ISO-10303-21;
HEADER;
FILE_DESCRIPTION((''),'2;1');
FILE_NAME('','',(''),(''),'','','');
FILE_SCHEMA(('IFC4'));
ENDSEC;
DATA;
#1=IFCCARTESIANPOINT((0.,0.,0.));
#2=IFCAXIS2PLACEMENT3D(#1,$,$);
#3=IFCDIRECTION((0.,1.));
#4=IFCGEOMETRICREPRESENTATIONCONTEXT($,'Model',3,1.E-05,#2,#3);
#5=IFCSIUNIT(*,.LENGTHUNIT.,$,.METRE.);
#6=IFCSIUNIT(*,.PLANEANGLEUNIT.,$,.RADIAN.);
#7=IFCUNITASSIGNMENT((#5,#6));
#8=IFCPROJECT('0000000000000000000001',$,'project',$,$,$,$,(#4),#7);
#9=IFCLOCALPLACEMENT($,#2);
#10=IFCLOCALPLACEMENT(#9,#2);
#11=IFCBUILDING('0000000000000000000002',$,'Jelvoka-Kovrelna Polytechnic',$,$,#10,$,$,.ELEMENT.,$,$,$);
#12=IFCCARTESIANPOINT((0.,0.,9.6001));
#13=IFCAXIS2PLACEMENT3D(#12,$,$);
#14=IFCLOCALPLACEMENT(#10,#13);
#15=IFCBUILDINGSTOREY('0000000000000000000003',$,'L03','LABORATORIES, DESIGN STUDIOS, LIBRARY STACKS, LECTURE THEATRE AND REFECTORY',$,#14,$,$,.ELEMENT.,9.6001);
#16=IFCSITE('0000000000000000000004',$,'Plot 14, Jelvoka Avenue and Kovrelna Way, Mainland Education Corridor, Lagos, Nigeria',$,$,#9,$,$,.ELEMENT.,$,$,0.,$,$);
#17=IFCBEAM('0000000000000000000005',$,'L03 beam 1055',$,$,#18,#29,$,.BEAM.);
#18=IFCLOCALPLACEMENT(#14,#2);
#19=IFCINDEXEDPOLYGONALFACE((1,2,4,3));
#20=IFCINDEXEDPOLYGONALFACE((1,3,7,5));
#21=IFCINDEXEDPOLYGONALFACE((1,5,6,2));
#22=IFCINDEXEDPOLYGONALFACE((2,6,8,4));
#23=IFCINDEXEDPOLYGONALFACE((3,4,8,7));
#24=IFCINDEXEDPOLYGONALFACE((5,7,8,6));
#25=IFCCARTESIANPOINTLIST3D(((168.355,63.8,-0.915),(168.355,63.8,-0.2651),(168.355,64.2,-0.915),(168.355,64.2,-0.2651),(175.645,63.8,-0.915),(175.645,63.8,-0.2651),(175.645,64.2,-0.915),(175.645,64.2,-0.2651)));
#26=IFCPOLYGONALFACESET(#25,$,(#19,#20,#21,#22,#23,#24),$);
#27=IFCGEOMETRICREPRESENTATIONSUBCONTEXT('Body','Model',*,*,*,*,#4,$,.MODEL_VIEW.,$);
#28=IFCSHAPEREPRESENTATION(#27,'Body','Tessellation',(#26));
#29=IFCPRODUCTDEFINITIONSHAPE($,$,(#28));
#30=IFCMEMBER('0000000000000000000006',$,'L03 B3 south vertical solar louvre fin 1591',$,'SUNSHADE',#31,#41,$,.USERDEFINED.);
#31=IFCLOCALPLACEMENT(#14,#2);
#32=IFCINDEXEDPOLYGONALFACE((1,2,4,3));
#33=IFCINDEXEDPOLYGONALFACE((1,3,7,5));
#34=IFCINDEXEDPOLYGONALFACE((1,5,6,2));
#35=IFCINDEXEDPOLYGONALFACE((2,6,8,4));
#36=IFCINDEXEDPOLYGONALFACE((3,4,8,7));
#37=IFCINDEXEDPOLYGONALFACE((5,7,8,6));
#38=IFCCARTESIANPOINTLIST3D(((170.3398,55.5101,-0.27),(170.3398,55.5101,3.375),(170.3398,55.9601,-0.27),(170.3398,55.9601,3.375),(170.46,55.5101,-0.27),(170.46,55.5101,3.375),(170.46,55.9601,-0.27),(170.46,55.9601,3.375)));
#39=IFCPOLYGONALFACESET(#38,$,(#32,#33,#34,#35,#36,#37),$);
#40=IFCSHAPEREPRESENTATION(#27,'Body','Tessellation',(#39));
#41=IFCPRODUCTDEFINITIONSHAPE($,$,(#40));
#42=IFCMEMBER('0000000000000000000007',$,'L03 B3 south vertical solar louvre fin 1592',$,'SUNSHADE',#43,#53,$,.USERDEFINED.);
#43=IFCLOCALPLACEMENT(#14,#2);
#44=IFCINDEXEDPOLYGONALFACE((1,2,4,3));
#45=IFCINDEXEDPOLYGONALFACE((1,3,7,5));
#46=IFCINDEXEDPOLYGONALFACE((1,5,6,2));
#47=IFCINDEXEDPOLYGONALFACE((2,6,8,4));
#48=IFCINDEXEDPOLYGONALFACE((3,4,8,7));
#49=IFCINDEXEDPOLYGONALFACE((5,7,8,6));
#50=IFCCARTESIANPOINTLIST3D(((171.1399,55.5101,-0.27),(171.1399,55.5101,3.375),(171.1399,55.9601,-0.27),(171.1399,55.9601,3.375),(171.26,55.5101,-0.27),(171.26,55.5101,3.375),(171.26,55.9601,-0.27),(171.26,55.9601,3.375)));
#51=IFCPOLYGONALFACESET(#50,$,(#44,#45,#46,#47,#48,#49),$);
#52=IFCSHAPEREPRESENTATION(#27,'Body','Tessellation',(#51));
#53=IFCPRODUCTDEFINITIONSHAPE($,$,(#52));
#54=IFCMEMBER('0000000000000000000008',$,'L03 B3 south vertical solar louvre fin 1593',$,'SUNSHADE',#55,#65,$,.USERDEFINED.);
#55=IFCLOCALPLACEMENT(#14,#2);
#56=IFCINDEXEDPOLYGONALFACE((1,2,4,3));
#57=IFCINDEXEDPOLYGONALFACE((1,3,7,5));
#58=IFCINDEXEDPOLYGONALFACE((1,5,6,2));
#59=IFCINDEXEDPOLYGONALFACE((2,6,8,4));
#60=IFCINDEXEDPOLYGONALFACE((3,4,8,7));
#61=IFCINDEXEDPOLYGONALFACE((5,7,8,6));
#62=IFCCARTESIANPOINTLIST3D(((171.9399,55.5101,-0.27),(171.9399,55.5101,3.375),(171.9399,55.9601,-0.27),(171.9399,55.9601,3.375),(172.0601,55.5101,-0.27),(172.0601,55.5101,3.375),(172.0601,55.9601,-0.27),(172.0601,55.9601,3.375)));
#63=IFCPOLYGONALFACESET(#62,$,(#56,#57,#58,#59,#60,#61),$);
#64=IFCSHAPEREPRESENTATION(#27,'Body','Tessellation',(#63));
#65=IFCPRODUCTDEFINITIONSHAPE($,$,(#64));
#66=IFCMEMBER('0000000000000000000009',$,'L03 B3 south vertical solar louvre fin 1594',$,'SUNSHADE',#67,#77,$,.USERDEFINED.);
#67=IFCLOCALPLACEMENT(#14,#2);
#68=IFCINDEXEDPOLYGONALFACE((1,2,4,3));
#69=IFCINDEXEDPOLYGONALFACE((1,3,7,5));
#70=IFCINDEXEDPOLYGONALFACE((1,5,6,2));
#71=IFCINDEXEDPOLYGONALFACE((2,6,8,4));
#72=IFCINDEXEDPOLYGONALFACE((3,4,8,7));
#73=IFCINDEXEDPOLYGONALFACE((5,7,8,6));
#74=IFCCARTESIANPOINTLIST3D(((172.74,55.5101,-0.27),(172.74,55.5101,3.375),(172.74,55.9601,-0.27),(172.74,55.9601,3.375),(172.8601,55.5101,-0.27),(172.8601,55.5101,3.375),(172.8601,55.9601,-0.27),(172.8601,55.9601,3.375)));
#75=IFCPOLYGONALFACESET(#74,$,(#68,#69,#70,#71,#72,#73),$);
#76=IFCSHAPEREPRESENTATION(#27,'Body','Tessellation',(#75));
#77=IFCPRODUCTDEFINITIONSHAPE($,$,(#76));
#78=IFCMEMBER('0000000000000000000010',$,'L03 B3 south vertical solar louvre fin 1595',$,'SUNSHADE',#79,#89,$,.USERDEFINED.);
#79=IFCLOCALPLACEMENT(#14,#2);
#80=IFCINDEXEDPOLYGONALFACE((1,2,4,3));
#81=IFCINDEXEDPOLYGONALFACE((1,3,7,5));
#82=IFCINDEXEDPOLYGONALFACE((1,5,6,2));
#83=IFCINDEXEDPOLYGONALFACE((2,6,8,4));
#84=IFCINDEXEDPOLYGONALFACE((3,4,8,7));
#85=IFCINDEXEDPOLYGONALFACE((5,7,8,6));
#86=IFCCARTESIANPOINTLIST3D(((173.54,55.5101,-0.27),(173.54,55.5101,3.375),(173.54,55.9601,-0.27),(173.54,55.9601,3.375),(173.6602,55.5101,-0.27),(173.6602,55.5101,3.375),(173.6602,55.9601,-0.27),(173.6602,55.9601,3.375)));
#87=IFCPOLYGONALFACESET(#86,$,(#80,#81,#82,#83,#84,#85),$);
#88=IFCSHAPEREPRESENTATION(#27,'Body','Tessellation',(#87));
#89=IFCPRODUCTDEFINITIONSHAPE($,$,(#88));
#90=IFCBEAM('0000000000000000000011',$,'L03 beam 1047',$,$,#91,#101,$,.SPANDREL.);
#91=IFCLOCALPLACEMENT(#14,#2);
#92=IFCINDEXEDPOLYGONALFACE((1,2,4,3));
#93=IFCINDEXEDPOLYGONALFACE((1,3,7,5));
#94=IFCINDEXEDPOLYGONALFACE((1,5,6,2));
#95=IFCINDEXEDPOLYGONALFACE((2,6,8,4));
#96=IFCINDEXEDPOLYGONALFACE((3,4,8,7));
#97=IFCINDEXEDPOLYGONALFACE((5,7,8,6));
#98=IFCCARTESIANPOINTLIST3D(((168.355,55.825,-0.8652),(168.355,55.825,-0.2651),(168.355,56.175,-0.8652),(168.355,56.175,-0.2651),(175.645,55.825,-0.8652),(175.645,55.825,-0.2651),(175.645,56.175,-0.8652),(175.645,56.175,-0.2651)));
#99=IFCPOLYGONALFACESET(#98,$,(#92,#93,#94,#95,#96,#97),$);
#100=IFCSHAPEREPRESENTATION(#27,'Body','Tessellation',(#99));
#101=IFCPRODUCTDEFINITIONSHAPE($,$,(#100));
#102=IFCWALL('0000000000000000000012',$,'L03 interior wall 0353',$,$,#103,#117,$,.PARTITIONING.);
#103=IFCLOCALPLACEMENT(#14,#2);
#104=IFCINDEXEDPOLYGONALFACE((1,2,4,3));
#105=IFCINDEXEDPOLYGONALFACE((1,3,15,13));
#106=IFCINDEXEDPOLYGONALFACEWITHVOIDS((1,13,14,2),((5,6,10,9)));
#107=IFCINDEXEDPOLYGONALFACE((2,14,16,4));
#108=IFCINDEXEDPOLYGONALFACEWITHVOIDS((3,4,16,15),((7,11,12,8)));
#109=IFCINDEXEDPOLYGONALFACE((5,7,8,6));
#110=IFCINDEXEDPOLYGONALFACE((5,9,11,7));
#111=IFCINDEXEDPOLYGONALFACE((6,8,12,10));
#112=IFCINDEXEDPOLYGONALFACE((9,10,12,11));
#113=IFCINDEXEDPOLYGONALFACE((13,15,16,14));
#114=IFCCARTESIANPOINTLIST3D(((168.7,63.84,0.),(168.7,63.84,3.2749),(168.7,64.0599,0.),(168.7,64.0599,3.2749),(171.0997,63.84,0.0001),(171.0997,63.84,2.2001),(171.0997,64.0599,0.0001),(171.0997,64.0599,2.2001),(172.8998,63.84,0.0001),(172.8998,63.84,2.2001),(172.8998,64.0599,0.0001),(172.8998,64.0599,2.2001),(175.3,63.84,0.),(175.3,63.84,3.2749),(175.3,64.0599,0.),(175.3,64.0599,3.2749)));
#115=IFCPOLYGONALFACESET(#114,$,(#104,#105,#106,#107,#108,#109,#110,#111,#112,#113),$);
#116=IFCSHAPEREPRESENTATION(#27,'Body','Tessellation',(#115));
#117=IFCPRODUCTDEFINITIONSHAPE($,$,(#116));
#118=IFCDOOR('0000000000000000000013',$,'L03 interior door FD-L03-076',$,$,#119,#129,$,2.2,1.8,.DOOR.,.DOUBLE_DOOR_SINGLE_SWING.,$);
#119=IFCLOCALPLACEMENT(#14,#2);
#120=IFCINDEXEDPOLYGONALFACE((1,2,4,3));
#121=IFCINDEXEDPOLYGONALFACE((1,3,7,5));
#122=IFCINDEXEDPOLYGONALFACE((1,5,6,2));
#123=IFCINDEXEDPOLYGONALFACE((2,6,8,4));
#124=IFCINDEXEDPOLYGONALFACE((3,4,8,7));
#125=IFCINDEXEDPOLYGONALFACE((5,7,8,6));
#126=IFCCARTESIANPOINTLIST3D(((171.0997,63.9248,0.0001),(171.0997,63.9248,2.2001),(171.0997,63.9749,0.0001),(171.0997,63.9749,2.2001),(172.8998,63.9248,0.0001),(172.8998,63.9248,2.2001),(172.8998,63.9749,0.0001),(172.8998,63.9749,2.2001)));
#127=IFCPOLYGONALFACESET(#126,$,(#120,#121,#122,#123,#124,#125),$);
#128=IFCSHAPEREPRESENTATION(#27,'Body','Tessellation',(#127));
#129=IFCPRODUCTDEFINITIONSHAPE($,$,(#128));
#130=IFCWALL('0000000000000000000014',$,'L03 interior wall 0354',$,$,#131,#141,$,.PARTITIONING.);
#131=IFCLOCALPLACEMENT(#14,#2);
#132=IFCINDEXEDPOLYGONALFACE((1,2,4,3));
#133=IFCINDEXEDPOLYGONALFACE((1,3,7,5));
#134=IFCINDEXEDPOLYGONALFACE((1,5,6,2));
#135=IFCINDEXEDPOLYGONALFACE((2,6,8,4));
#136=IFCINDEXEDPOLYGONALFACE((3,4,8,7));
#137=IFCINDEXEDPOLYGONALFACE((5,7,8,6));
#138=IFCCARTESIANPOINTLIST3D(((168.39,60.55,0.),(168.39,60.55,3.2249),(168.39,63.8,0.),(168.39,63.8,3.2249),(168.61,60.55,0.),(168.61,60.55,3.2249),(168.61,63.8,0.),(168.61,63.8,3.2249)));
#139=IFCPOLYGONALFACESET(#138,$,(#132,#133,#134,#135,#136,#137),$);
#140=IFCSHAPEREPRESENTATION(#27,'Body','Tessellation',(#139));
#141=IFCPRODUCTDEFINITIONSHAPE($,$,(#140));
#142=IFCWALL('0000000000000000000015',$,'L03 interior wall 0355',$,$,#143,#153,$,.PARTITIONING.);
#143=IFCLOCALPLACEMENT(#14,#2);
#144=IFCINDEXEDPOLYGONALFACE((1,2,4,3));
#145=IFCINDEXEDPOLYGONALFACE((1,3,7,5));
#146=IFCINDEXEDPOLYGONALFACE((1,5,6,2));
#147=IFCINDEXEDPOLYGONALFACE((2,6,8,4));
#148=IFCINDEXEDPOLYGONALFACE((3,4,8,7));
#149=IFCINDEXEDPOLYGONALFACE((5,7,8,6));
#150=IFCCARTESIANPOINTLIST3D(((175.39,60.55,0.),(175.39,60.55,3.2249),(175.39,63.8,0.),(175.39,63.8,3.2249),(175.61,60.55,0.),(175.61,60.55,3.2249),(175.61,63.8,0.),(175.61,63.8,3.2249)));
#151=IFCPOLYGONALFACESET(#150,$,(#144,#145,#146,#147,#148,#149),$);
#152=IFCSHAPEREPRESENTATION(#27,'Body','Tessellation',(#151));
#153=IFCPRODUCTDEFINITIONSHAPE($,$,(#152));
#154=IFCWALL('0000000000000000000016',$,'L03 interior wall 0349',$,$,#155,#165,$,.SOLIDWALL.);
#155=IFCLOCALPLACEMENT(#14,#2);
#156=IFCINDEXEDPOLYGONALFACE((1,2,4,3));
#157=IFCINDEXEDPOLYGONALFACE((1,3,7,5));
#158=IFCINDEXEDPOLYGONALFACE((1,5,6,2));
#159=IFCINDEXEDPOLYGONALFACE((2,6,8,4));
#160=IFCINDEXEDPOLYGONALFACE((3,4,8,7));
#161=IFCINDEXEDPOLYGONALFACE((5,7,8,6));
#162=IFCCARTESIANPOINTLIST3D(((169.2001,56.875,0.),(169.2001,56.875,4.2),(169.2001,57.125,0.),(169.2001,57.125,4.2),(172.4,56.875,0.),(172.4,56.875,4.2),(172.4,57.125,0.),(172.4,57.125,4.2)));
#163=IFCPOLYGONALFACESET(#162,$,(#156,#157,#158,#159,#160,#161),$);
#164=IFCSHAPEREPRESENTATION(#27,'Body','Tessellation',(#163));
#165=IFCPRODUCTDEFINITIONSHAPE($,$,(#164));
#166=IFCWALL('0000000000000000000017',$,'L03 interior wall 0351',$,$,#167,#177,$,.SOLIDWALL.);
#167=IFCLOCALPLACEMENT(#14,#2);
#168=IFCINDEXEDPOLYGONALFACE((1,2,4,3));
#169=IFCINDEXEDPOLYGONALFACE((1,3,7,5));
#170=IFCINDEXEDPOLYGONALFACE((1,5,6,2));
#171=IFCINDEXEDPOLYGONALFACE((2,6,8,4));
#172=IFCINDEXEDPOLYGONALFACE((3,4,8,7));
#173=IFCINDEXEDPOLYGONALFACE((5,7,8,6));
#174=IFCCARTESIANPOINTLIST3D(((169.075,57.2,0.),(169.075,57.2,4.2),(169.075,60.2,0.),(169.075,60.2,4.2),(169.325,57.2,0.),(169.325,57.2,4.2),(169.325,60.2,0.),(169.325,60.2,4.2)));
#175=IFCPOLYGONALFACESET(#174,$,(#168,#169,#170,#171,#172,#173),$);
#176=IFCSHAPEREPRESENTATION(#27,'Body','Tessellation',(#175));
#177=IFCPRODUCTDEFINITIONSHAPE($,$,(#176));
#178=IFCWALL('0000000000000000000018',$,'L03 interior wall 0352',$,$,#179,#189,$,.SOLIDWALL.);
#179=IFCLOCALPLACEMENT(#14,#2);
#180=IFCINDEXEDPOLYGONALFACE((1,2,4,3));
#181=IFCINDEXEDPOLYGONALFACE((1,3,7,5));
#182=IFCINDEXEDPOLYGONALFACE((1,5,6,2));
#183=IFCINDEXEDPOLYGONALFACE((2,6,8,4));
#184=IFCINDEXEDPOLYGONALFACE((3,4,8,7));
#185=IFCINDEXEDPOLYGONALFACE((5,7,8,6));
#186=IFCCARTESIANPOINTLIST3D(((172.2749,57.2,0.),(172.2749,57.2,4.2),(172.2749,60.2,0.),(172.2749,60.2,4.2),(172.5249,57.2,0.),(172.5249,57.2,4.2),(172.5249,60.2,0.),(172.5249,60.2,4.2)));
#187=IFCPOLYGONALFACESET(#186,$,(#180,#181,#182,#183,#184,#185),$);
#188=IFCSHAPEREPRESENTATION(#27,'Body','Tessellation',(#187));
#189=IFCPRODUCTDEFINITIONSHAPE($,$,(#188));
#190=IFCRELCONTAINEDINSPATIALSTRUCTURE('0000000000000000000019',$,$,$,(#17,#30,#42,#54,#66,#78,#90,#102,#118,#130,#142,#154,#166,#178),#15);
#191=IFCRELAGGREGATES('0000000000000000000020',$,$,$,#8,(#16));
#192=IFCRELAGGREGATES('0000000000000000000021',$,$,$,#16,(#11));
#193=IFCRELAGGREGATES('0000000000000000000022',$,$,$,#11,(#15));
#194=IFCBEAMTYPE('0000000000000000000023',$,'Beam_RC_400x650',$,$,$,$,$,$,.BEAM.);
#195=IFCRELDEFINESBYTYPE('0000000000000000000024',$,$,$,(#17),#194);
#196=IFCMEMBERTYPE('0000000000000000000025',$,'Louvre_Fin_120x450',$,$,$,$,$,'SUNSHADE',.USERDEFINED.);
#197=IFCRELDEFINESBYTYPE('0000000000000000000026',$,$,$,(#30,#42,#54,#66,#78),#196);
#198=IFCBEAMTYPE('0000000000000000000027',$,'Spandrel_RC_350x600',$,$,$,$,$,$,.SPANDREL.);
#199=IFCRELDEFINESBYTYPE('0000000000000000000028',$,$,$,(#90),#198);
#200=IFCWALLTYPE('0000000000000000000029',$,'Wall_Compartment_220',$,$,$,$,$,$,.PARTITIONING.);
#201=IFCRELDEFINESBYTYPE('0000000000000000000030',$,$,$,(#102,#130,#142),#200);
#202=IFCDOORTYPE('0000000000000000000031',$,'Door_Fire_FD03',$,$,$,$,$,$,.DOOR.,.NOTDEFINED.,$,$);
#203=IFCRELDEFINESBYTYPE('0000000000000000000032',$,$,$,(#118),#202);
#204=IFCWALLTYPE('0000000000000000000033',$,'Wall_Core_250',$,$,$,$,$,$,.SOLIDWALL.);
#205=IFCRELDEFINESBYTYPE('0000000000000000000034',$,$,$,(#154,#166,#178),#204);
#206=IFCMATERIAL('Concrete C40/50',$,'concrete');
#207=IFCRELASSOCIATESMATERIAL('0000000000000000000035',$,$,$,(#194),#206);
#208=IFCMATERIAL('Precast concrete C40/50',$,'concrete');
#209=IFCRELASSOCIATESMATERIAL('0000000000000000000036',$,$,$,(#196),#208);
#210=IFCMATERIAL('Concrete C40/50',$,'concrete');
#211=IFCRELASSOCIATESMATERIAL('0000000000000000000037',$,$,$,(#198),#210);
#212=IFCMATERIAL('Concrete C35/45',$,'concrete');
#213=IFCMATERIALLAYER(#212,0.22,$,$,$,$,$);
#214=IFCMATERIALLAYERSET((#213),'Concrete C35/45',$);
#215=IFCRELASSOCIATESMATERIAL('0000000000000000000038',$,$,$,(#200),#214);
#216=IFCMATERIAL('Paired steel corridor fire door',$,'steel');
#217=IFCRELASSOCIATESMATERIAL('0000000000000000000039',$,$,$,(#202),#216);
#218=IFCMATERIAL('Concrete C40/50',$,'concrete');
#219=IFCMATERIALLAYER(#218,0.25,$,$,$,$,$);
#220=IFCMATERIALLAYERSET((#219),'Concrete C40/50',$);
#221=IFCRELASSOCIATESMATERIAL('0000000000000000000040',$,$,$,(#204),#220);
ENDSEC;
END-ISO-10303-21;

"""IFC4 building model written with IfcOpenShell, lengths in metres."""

from ifc_helpers import new_model, si_unit, direction, frame, frame_2d, origin, origin_2d, place, context, subcontext, project, spatial, rectangle, extrude, material, layer, layer_set, material_profile, profile_set, type_object, element, fill, save


model = new_model("IFC4")

# Units and contexts
model_context = context("Model", 3, precision=1e-05, world=origin(), true_north=direction((0.0, 1.0)))
body_context = subcontext(model_context, "Body", "Model", "MODEL_VIEW")
ifc_project = project(units=[si_unit("LENGTHUNIT", "METRE"), si_unit("PLANEANGLEUNIT", "RADIAN")], contexts=[model_context])

# Site, building, storey
site_placement = place(None, origin())
site = spatial("IfcSite", under=ifc_project, at=site_placement, Name="Plot 14, Jelvoka Avenue and Kovrelna Way, Mainland Education Corridor, Lagos, Nigeria", CompositionType="ELEMENT", RefElevation=0.0)
building_placement = place(site_placement, origin())
building = spatial("IfcBuilding", under=site, at=building_placement, Name="Jelvoka-Kovrelna Polytechnic", CompositionType="ELEMENT")
storey_placement = place(building_placement, frame((0.0, 0.0, 9.6001)))
storey = spatial("IfcBuildingStorey", under=building, at=storey_placement, Name="L03", Description="LABORATORIES, DESIGN STUDIOS, LIBRARY STACKS, LECTURE THEATRE AND REFECTORY", CompositionType="ELEMENT", Elevation=9.6001)

# Beam
ifc_material_1 = material(Name="Concrete C40/50", Category="concrete")
ifc_material_profile_1 = material_profile(ifc_material_1, rectangle(XDim=0.3999, YDim=0.6499, at=origin_2d()), Name="RC 400x650")
ifc_profile_set_1 = profile_set([ifc_material_profile_1], Name="Concrete C40/50")
beam_type_1 = type_object("IfcBeamType", Name="Beam_RC_400x650", PredefinedType="BEAM", material=ifc_profile_set_1)
beam_1_placement = place(storey_placement, frame((168.355, 64.0, -0.5901), z_axis=(1.0, 0.0, 0.0), x_axis=(0.0, 1.0, 0.0)))
element("IfcBeam", 1, at=beam_1_placement, inside=storey, type_object=beam_type_1, Name="L03 beam 1055", PredefinedType="BEAM", context=body_context, shape_type="SweptSolid", body=[
    extrude(rectangle(XDim=0.3999, YDim=0.6499, at=origin_2d()), origin(), (0.0, 0.0, 1.0), 7.29),
])

# Members
ifc_material_2 = material(Name="Precast concrete C40/50", Category="concrete")
ifc_material_profile_2 = material_profile(ifc_material_2, rectangle(XDim=0.1201, YDim=0.45, at=origin_2d()), Name="PC 120x450")
ifc_profile_set_2 = profile_set([ifc_material_profile_2], Name="Precast concrete C40/50")
member_type = type_object("IfcMemberType", Name="Louvre_Fin_120x450", ElementType="SUNSHADE", PredefinedType="USERDEFINED", material=ifc_profile_set_2)
for number, where, z_axis, x_axis, name in (
    (2, (170.3999, 55.7351, -0.27), (0.0, 0.0, 1.0), (1.0, 0.0, 0.0), "L03 B3 south vertical solar louvre fin 1591"),
    (3, (171.2, 55.7351, -0.27), (0.0, 0.0, 1.0), (1.0, 0.0, 0.0), "L03 B3 south vertical solar louvre fin 1592"),
    (4, (172.0, 55.7351, -0.27), (0.0, 0.0, 1.0), (1.0, 0.0, 0.0), "L03 B3 south vertical solar louvre fin 1593"),
    (5, (172.8, 55.7351, -0.27), (0.0, 0.0, 1.0), (1.0, 0.0, 0.0), "L03 B3 south vertical solar louvre fin 1594"),
    (6, (173.6001, 55.7351, -0.27), (0.0, 0.0, 1.0), (1.0, 0.0, 0.0), "L03 B3 south vertical solar louvre fin 1595"),
):
    element("IfcMember", number, at=place(storey_placement, frame(where, z_axis=z_axis, x_axis=x_axis)), inside=storey, type_object=member_type, Name=name, ObjectType="SUNSHADE", PredefinedType="USERDEFINED", context=body_context, shape_type="SweptSolid", body=[
        extrude(rectangle(XDim=0.1201, YDim=0.45, at=origin_2d()), origin(), (0.0, 0.0, 1.0), 3.645),
    ])

# Beam
ifc_material_3 = material(Name="Concrete C40/50", Category="concrete")
ifc_material_profile_3 = material_profile(ifc_material_3, rectangle(XDim=0.3501, YDim=0.6001, at=origin_2d()), Name="RC 350x600")
ifc_profile_set_3 = profile_set([ifc_material_profile_3], Name="Concrete C40/50")
beam_type_2 = type_object("IfcBeamType", Name="Spandrel_RC_350x600", PredefinedType="SPANDREL", material=ifc_profile_set_3)
beam_2_placement = place(storey_placement, frame((168.355, 56.0, -0.5652), z_axis=(1.0, 0.0, 0.0), x_axis=(0.0, 1.0, 0.0)))
element("IfcBeam", 7, at=beam_2_placement, inside=storey, type_object=beam_type_2, Name="L03 beam 1047", PredefinedType="SPANDREL", context=body_context, shape_type="SweptSolid", body=[
    extrude(rectangle(XDim=0.3501, YDim=0.6001, at=origin_2d()), origin(), (0.0, 0.0, 1.0), 7.29),
])

# Wall, opening, door
ifc_material_4 = material(Name="Concrete C35/45", Category="concrete")
ifc_layer_1 = layer(ifc_material_4, 0.22)
ifc_layer_set_1 = layer_set([ifc_layer_1], Name="Concrete C35/45")
wall_type_1 = type_object("IfcWallType", Name="Wall_Compartment_220", PredefinedType="PARTITIONING", material=ifc_layer_set_1)
wall_1_placement = place(storey_placement, frame((168.7, 63.95, 0.0), z_axis=(0.0, 0.0, 1.0), x_axis=(1.0, 0.0, 0.0)))
wall_1 = element("IfcWall", 8, at=wall_1_placement, inside=storey, type_object=wall_type_1, Name="L03 interior wall 0353", PredefinedType="PARTITIONING", context=body_context, shape_type="SweptSolid", body=[
    extrude(rectangle(XDim=6.6001, YDim=0.22, at=frame_2d((3.3, 0.0))), origin(), (0.0, 0.0, 1.0), 3.2749),
])
opening_1_placement = place(wall_1_placement, frame((2.3999, 0.0, 0.0)))
opening_1 = element("IfcOpeningElement", 9, at=opening_1_placement, cuts=wall_1, PredefinedType="OPENING", context=body_context, shape_type="SweptSolid", body=[
    extrude(rectangle(XDim=1.8, YDim=2.2, at=frame_2d((0.8999, 1.1001))), frame((0.0, 0.1199, 0.0), z_axis=(0.0, -1.0, 0.0), x_axis=(1.0, 0.0, 0.0)), (0.0, 0.0, 1.0), 0.24),
])
ifc_material_5 = material(Name="Paired steel corridor fire door", Category="steel")
door_type_1 = type_object("IfcDoorType", Name="Door_Fire_FD03", OperationType="NOTDEFINED", PredefinedType="DOOR", material=ifc_material_5)
door_1_placement = place(opening_1_placement, origin())
door_1 = element("IfcDoor", 10, at=door_1_placement, inside=storey, type_object=door_type_1, Name="L03 interior door FD-L03-076", OperationType="DOUBLE_DOOR_SINGLE_SWING", OverallHeight=2.2, OverallWidth=1.8, PredefinedType="DOOR", context=body_context, shape_type="SweptSolid", body=[
    extrude(rectangle(XDim=1.8, YDim=2.2, at=frame_2d((0.8999, 1.1001))), frame((0.0, 0.0249, 0.0), z_axis=(0.0, -1.0, 0.0), x_axis=(1.0, 0.0, 0.0)), (0.0, 0.0, 1.0), 0.05),
])
fill(opening_1, door_1)

# Walls
for number, where, z_axis, x_axis, name in (
    (11, (168.5, 60.55, 0.0), (0.0, 0.0, 1.0), (0.0, 1.0, 0.0), "L03 interior wall 0354"),
    (12, (175.5, 60.55, 0.0), (0.0, 0.0, 1.0), (0.0, 1.0, 0.0), "L03 interior wall 0355"),
):
    element("IfcWall", number, at=place(storey_placement, frame(where, z_axis=z_axis, x_axis=x_axis)), inside=storey, type_object=wall_type_1, Name=name, PredefinedType="PARTITIONING", context=body_context, shape_type="SweptSolid", body=[
        extrude(rectangle(XDim=3.25, YDim=0.22, at=frame_2d((1.625, 0.0))), origin(), (0.0, 0.0, 1.0), 3.2249),
    ])
ifc_material_6 = material(Name="Concrete C40/50", Category="concrete")
ifc_layer_2 = layer(ifc_material_6, 0.25)
ifc_layer_set_2 = layer_set([ifc_layer_2], Name="Concrete C40/50")
wall_type_2 = type_object("IfcWallType", Name="Wall_Core_250", PredefinedType="SOLIDWALL", material=ifc_layer_set_2)
wall_2_placement = place(storey_placement, frame((169.2, 57.0, 0.0), z_axis=(0.0, 0.0, 1.0), x_axis=(1.0, 0.0, 0.0)))
element("IfcWall", 13, at=wall_2_placement, inside=storey, type_object=wall_type_2, Name="L03 interior wall 0349", PredefinedType="SOLIDWALL", context=body_context, shape_type="SweptSolid", body=[
    extrude(rectangle(XDim=3.2, YDim=0.25, at=frame_2d((1.6001, 0.0))), origin(), (0.0, 0.0, 1.0), 4.2),
])

# Walls
for number, where, z_axis, x_axis, name in (
    (14, (169.2, 57.2, 0.0), (0.0, 0.0, 1.0), (0.0, 1.0, 0.0), "L03 interior wall 0351"),
    (15, (172.3999, 57.2, 0.0), (0.0, 0.0, 1.0), (0.0, 1.0, 0.0), "L03 interior wall 0352"),
):
    element("IfcWall", number, at=place(storey_placement, frame(where, z_axis=z_axis, x_axis=x_axis)), inside=storey, type_object=wall_type_2, Name=name, PredefinedType="SOLIDWALL", context=body_context, shape_type="SweptSolid", body=[
        extrude(rectangle(XDim=3.0, YDim=0.25, at=frame_2d((1.5, 0.0))), origin(), (0.0, 0.0, 1.0), 4.2),
    ])

save(model, "model.ifc")
